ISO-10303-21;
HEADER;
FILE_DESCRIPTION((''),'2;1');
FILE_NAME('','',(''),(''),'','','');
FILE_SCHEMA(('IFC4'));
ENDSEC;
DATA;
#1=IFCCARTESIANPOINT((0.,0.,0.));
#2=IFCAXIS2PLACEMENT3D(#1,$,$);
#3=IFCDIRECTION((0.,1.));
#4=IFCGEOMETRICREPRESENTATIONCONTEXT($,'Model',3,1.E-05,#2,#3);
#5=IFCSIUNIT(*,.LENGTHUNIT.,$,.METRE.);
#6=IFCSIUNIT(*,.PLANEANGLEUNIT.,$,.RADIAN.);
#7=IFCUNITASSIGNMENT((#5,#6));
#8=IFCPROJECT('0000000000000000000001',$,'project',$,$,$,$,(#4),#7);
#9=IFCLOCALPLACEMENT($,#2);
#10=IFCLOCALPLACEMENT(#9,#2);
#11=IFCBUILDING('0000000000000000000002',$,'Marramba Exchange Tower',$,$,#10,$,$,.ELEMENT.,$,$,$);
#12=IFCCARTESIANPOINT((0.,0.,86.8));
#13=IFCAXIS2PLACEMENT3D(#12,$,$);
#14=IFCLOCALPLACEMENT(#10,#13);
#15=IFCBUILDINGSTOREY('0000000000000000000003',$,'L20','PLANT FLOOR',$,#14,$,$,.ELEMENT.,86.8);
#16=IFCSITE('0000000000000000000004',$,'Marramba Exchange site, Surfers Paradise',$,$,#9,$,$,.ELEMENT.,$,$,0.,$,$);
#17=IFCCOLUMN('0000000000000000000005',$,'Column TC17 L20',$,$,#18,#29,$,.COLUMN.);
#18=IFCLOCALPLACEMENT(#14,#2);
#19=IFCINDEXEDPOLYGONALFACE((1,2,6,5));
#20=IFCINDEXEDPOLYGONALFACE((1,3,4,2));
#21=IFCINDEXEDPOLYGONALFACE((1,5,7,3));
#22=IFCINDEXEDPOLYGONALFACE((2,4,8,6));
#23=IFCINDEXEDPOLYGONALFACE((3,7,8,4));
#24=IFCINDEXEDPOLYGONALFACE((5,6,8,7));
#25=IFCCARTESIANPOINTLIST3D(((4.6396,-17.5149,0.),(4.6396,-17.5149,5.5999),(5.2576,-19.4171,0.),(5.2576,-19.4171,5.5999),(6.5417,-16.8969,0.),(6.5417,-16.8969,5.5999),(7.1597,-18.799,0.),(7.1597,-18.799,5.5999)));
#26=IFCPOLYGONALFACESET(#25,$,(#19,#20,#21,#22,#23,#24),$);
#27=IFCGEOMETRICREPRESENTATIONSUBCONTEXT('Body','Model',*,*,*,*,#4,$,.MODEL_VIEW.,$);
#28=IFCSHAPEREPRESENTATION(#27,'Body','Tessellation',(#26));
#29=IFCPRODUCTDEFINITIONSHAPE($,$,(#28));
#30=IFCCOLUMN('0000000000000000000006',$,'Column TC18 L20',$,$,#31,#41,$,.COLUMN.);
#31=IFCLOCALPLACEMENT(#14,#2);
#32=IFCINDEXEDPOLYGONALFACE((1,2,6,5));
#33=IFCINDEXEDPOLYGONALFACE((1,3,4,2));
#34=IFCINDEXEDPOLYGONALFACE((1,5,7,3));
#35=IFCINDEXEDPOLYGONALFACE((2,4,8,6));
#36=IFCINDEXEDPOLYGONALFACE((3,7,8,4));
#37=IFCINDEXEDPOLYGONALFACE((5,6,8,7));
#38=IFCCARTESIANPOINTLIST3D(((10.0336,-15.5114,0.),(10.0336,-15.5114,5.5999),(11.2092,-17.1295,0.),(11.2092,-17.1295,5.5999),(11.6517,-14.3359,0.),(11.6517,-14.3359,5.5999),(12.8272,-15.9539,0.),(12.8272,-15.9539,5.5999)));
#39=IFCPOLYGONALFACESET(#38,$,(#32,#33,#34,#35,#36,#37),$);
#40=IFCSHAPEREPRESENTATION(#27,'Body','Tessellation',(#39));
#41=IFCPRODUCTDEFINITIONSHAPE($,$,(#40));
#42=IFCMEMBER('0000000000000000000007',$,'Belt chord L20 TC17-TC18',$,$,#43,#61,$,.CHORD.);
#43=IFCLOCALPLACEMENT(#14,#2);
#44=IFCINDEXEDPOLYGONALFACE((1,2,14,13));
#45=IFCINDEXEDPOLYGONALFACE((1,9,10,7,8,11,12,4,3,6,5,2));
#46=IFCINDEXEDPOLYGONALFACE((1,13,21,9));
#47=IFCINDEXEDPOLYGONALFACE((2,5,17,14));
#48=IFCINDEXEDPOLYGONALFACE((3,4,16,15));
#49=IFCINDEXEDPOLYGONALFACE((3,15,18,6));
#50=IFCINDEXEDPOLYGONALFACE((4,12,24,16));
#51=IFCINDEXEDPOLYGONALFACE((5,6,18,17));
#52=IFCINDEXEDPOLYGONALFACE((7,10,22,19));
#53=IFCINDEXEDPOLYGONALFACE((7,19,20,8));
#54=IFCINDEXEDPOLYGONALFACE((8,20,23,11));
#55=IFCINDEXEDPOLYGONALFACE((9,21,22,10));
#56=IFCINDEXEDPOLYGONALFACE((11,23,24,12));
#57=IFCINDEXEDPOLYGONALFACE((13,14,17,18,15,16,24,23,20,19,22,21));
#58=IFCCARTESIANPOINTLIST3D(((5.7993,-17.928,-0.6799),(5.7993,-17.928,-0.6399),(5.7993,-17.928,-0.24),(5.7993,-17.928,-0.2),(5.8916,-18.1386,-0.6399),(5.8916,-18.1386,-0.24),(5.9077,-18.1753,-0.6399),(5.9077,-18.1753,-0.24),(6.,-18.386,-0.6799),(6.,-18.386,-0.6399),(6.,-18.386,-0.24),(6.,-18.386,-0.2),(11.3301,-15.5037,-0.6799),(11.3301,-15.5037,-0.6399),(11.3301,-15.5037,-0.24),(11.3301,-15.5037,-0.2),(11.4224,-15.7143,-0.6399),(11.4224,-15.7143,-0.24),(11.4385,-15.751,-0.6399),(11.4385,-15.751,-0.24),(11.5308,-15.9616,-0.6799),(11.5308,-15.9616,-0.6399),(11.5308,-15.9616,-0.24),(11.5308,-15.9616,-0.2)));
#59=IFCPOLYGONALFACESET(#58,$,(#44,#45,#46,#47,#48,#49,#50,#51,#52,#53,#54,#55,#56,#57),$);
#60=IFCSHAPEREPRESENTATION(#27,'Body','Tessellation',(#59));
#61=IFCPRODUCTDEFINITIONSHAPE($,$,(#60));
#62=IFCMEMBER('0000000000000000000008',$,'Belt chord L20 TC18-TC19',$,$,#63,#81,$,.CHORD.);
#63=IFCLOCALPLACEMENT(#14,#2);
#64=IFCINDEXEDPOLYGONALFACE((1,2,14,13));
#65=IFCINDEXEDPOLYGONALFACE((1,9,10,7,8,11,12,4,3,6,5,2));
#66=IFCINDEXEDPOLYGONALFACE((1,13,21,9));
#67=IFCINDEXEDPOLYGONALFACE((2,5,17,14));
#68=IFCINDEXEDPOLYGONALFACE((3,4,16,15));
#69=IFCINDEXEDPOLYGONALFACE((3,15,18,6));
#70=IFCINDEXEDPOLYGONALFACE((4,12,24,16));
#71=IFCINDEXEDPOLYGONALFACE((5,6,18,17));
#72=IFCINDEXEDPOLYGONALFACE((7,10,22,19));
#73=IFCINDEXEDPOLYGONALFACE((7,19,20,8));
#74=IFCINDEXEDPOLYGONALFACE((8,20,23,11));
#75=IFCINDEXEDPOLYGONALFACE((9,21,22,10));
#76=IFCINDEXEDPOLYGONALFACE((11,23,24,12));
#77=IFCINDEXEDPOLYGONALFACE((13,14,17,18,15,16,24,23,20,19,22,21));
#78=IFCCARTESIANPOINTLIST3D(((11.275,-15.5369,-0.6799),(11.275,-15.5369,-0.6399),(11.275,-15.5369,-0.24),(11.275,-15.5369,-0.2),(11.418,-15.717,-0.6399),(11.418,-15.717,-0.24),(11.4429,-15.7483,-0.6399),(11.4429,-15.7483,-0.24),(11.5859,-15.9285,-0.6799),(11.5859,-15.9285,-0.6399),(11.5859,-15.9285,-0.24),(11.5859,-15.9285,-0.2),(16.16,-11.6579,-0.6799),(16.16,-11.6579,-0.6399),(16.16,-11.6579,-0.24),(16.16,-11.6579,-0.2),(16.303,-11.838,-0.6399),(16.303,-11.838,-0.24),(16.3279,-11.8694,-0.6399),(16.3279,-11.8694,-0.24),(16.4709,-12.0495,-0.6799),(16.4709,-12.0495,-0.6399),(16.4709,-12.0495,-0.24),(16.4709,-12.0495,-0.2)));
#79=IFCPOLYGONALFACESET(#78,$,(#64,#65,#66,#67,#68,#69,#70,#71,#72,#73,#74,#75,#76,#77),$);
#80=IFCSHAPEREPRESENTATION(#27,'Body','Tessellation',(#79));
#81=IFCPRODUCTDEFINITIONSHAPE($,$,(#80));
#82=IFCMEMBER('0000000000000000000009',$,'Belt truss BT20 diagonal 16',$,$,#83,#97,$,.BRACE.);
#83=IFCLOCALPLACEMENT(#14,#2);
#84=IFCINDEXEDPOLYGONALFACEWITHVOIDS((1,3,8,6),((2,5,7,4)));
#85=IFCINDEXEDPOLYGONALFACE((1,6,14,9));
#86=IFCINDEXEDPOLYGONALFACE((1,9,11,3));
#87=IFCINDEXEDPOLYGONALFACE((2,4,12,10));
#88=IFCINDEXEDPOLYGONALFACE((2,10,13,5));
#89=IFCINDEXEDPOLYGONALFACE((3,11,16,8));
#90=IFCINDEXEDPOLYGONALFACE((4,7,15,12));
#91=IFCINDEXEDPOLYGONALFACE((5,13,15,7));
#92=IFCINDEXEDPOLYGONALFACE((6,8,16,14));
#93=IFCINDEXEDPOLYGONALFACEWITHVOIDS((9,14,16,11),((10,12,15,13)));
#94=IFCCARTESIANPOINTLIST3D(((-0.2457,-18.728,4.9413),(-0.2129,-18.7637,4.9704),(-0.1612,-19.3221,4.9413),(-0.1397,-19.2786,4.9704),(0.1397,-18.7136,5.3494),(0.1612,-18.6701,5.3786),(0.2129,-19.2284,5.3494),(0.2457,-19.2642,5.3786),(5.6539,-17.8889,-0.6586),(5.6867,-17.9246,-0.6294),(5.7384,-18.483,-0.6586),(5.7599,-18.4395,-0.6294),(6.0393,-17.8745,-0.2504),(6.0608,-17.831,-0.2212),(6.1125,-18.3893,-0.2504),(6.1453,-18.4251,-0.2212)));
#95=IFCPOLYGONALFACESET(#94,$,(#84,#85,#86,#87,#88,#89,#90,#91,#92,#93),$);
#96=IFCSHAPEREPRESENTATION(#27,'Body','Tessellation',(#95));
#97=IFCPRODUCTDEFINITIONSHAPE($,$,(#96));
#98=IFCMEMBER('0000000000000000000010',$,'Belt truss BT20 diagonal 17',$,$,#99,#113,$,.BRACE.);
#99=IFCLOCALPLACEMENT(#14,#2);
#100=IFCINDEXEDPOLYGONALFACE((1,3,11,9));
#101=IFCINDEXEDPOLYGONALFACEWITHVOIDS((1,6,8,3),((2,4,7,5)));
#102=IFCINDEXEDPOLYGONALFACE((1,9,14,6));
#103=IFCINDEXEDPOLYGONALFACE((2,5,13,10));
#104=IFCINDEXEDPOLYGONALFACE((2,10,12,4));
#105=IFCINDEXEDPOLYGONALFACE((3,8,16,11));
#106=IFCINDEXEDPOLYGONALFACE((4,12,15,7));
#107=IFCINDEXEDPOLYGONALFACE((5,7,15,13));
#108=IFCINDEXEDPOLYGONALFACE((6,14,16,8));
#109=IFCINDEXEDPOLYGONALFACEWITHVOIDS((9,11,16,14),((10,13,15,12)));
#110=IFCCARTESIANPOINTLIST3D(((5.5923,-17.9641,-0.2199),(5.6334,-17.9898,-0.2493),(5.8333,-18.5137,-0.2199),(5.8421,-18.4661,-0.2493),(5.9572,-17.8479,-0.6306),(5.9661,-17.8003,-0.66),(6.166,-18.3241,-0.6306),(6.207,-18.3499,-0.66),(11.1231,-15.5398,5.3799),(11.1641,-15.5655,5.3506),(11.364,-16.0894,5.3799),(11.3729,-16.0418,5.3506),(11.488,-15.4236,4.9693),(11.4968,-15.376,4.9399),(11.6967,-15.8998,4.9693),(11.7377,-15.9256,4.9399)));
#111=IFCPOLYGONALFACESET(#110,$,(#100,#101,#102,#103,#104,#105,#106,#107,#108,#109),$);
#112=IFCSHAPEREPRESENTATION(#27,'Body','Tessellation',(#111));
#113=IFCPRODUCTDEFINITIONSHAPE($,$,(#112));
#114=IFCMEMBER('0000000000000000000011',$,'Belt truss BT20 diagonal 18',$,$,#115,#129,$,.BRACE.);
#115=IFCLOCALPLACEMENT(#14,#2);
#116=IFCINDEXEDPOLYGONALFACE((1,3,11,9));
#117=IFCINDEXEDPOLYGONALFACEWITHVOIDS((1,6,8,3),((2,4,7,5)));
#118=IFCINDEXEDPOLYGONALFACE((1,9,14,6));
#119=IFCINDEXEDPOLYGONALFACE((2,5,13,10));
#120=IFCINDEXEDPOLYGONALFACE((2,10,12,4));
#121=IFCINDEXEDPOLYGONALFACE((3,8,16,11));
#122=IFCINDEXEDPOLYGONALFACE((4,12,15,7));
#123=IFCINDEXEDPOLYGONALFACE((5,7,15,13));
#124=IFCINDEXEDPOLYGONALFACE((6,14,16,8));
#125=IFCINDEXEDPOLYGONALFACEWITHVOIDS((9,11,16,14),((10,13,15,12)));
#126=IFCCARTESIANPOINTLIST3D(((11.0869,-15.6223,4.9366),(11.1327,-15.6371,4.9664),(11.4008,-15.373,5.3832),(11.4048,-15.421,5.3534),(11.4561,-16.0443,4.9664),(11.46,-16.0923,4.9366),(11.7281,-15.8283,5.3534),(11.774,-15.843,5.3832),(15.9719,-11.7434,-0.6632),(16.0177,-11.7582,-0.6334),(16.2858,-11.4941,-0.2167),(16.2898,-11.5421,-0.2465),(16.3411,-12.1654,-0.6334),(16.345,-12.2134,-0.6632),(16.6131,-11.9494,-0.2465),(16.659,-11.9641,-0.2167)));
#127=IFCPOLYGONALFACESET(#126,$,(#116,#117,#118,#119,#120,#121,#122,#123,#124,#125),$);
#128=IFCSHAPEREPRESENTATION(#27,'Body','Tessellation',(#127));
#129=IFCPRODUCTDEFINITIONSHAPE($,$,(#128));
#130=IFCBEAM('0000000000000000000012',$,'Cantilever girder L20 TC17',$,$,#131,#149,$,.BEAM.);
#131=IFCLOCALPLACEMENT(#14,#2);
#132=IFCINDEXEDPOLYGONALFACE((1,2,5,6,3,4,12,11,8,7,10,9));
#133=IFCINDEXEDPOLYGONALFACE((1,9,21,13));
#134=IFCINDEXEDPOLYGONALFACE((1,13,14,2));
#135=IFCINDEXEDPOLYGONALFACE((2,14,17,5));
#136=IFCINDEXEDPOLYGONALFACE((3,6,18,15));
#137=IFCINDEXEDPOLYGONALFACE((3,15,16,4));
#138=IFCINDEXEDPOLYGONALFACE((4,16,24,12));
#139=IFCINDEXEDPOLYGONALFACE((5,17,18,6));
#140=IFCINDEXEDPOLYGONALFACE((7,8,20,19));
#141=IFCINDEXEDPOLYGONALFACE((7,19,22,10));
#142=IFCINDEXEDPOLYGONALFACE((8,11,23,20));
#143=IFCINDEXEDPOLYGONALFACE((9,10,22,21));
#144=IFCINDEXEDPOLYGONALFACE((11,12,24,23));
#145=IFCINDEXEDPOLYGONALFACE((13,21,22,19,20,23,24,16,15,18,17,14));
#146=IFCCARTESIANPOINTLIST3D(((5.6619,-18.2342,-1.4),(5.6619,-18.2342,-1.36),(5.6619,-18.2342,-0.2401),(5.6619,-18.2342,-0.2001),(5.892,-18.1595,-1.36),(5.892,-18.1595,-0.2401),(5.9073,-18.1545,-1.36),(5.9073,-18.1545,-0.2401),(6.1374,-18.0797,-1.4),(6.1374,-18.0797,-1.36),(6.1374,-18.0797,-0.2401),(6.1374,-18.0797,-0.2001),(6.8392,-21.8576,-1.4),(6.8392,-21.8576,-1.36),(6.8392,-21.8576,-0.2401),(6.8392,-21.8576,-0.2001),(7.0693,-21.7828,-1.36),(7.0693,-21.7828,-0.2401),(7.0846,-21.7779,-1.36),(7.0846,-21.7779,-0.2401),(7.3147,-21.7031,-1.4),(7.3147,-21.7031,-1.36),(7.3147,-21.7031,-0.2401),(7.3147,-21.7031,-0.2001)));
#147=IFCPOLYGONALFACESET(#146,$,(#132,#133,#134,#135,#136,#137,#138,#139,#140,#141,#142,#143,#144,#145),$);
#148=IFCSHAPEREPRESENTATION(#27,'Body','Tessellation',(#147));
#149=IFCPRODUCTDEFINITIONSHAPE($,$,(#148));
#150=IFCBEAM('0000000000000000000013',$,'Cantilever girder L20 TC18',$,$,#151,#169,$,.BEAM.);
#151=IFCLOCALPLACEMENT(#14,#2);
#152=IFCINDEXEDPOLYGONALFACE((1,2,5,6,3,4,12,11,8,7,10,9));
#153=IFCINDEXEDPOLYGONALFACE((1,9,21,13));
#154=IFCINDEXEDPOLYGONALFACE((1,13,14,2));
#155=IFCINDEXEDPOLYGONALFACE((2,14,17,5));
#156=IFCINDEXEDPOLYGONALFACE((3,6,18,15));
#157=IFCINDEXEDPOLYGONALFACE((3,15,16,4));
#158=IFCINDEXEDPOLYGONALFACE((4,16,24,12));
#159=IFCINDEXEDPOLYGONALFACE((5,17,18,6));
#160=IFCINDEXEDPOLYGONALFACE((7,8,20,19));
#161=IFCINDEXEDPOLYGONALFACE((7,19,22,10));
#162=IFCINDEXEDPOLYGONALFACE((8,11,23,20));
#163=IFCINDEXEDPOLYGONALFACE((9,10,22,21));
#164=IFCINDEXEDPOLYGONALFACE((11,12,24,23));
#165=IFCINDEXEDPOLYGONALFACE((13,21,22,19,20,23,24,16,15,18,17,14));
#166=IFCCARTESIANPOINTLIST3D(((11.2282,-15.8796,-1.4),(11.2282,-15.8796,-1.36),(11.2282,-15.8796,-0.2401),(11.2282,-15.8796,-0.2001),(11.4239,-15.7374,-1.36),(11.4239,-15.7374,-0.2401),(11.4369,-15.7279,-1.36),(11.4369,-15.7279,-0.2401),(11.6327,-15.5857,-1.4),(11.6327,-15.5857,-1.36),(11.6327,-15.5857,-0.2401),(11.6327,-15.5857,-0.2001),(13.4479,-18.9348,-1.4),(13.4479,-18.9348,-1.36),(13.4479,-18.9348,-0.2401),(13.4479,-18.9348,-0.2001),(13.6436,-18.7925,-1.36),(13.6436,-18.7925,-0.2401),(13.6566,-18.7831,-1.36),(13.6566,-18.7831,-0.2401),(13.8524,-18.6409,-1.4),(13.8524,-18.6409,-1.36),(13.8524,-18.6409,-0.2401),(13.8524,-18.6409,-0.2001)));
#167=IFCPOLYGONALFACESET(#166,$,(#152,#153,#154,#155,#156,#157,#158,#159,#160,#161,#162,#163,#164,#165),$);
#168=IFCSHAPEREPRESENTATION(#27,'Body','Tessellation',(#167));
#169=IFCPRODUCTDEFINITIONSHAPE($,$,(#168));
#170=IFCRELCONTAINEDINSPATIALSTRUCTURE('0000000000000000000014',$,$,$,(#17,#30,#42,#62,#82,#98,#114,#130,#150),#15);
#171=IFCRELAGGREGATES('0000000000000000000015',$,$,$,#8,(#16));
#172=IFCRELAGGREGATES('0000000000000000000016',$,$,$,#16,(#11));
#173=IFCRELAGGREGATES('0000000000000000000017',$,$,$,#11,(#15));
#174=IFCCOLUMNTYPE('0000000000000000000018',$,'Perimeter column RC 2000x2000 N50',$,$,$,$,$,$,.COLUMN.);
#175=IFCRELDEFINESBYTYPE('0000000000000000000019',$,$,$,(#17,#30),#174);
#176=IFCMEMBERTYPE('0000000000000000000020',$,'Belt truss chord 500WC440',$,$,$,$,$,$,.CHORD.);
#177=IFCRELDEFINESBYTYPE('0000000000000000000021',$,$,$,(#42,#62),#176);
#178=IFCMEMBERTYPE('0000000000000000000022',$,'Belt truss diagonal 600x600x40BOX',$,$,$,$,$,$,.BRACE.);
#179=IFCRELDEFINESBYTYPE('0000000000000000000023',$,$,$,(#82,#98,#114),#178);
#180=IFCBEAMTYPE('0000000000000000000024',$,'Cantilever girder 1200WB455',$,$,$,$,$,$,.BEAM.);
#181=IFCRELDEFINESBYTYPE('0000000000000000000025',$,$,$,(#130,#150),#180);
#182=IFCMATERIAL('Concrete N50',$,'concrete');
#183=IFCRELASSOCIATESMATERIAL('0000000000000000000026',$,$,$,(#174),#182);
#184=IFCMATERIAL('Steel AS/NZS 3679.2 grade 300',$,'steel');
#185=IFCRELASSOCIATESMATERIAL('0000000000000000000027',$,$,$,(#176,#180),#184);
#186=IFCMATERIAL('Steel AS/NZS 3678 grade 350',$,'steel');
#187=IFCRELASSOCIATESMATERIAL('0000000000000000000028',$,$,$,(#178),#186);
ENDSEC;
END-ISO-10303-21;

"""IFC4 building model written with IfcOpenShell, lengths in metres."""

from ifc_helpers import new_model, si_unit, direction, frame, origin, origin_2d, place, context, subcontext, project, spatial, rectangle, hollow_rectangle, i_section, extrude, material, material_profile, profile_set, type_object, element, save


model = new_model("IFC4")

# Units and contexts
model_context = context("Model", 3, precision=1e-05, world=origin(), true_north=direction((0.0, 1.0)))
body_context = subcontext(model_context, "Body", "Model", "MODEL_VIEW")
ifc_project = project(units=[si_unit("LENGTHUNIT", "METRE"), si_unit("PLANEANGLEUNIT", "RADIAN")], contexts=[model_context])

# Site, building, storey
site_placement = place(None, origin())
site = spatial("IfcSite", under=ifc_project, at=site_placement, Name="Marramba Exchange site, Surfers Paradise", CompositionType="ELEMENT", RefElevation=0.0)
building_placement = place(site_placement, origin())
building = spatial("IfcBuilding", under=site, at=building_placement, Name="Marramba Exchange Tower", CompositionType="ELEMENT")
storey_placement = place(building_placement, frame((0.0, 0.0, 86.8)))
storey = spatial("IfcBuildingStorey", under=building, at=storey_placement, Name="L20", Description="PLANT FLOOR", CompositionType="ELEMENT", Elevation=86.8)

# Columns
ifc_material_1 = material(Name="Concrete N50", Category="concrete")
ifc_material_profile_1 = material_profile(ifc_material_1, rectangle(XDim=2.0, YDim=2.0, at=origin_2d()), Name="RC 2000x2000")
ifc_profile_set_1 = profile_set([ifc_material_profile_1], Name="Concrete N50")
column_type = type_object("IfcColumnType", Name="Perimeter column RC 2000x2000 N50", PredefinedType="COLUMN", material=ifc_profile_set_1)
for number, where, z_axis, x_axis, name in (
    (1, (5.8997, -18.157, 0.0), (0.0, 0.0, 1.0), (0.309017, -0.951057, 0.0), "Column TC17 L20"),
    (2, (11.4304, -15.7327, 0.0), (0.0, 0.0, 1.0), (0.587785, -0.809017, 0.0), "Column TC18 L20"),
):
    element("IfcColumn", number, at=place(storey_placement, frame(where, z_axis=z_axis, x_axis=x_axis)), inside=storey, type_object=column_type, Name=name, PredefinedType="COLUMN", context=body_context, shape_type="SweptSolid", body=[
        extrude(rectangle(XDim=2.0, YDim=2.0, at=origin_2d()), origin(), (0.0, 0.0, 1.0), 5.5999),
    ])

# Members
ifc_material_2 = material(Name="Steel AS/NZS 3679.2 grade 300", Category="steel")
ifc_material_profile_2 = material_profile(ifc_material_2, i_section(OverallWidth=0.5, OverallDepth=0.48, WebThickness=0.04, FlangeThickness=0.04, at=origin_2d()), Name="500WC440")
ifc_profile_set_2 = profile_set([ifc_material_profile_2], Name="Steel AS/NZS 3679.2 grade 300")
member_type_1 = type_object("IfcMemberType", Name="Belt truss chord 500WC440", PredefinedType="CHORD", material=ifc_profile_set_2)
member_1_placement = place(storey_placement, frame((5.8997, -18.157, -0.4399), z_axis=(0.915877, 0.401459, 0.0), x_axis=(-0.401459, 0.915877, 0.0)))
element("IfcMember", 3, at=member_1_placement, inside=storey, type_object=member_type_1, Name="Belt chord L20 TC17-TC18", PredefinedType="CHORD", context=body_context, shape_type="SweptSolid", body=[
    extrude(i_section(OverallWidth=0.5, OverallDepth=0.48, WebThickness=0.04, FlangeThickness=0.04, at=origin_2d()), origin(), (0.0, 0.0, 1.0), 6.0388),
])
member_2_placement = place(storey_placement, frame((11.4304, -15.7327, -0.4399), z_axis=(0.783139, 0.621846, 0.0), x_axis=(-0.621846, 0.783139, 0.0)))
element("IfcMember", 4, at=member_2_placement, inside=storey, type_object=member_type_1, Name="Belt chord L20 TC18-TC19", PredefinedType="CHORD", context=body_context, shape_type="SweptSolid", body=[
    extrude(i_section(OverallWidth=0.5, OverallDepth=0.48, WebThickness=0.04, FlangeThickness=0.04, at=origin_2d()), origin(), (0.0, 0.0, 1.0), 6.2378),
])
ifc_material_3 = material(Name="Steel AS/NZS 3678 grade 350", Category="steel")
ifc_material_profile_3 = material_profile(ifc_material_3, hollow_rectangle(XDim=0.6001, YDim=0.6001, WallThickness=0.04, at=origin_2d()), Name="600x600x40BOX")
ifc_profile_set_3 = profile_set([ifc_material_profile_3], Name="Steel AS/NZS 3678 grade 350")
member_type_2 = type_object("IfcMemberType", Name="Belt truss diagonal 600x600x40BOX", PredefinedType="BRACE", material=ifc_profile_set_3)
member_3_placement = place(storey_placement, frame((0.0, -18.9961, 5.1599), z_axis=(0.721467, 0.102615, -0.684804), x_axis=(-0.140813, 0.990036, 0.0)))
element("IfcMember", 5, at=member_3_placement, inside=storey, type_object=member_type_2, Name="Belt truss BT20 diagonal 16", PredefinedType="BRACE", context=body_context, shape_type="SweptSolid", body=[
    extrude(hollow_rectangle(XDim=0.6001, YDim=0.6001, WallThickness=0.04, at=origin_2d()), origin(), (0.0, 0.0, 1.0), 8.1772),
])
member_4_placement = place(storey_placement, frame((5.8997, -18.157, -0.4399), z_axis=(0.671568, 0.294371, 0.679958), x_axis=(-0.401459, 0.915877, 0.0)))
element("IfcMember", 6, at=member_4_placement, inside=storey, type_object=member_type_2, Name="Belt truss BT20 diagonal 17", PredefinedType="BRACE", context=body_context, shape_type="SweptSolid", body=[
    extrude(hollow_rectangle(XDim=0.6001, YDim=0.6001, WallThickness=0.04, at=origin_2d()), origin(), (0.0, 0.0, 1.0), 8.2356),
])
member_5_placement = place(storey_placement, frame((11.4304, -15.7327, 5.1599), z_axis=(0.582758, 0.462734, -0.668035), x_axis=(-0.621846, 0.783139, 0.0)))
element("IfcMember", 7, at=member_5_placement, inside=storey, type_object=member_type_2, Name="Belt truss BT20 diagonal 18", PredefinedType="BRACE", context=body_context, shape_type="SweptSolid", body=[
    extrude(hollow_rectangle(XDim=0.6001, YDim=0.6001, WallThickness=0.04, at=origin_2d()), origin(), (0.0, 0.0, 1.0), 8.3826),
])

# Beams
ifc_material_profile_4 = material_profile(ifc_material_2, i_section(OverallWidth=0.5, OverallDepth=1.2, WebThickness=0.0161, FlangeThickness=0.04, at=origin_2d()), Name="1200WB455")
ifc_profile_set_4 = profile_set([ifc_material_profile_4], Name="Steel AS/NZS 3679.2 grade 300")
beam_type_1 = type_object("IfcBeamType", Name="Cantilever girder 1200WB455", PredefinedType="BEAM", material=ifc_profile_set_4)
beam_1_placement = place(storey_placement, frame((5.8997, -18.157, -0.8), z_axis=(0.309009, -0.951059, 0.0), x_axis=(0.951059, 0.309009, 0.0)))
element("IfcBeam", 8, at=beam_1_placement, inside=storey, type_object=beam_type_1, Name="Cantilever girder L20 TC17", PredefinedType="BEAM", context=body_context, shape_type="SweptSolid", body=[
    extrude(i_section(OverallWidth=0.5, OverallDepth=1.2, WebThickness=0.0161, FlangeThickness=0.04, at=origin_2d()), origin(), (0.0, 0.0, 1.0), 3.8098),
])
beam_2_placement = place(storey_placement, frame((11.4304, -15.7327, -0.8), z_axis=(0.587787, -0.809016, 0.0), x_axis=(0.809016, 0.587787, 0.0)))
element("IfcBeam", 9, at=beam_2_placement, inside=storey, type_object=beam_type_1, Name="Cantilever girder L20 TC18", PredefinedType="BEAM", context=body_context, shape_type="SweptSolid", body=[
    extrude(i_section(OverallWidth=0.5, OverallDepth=1.2, WebThickness=0.0161, FlangeThickness=0.04, at=origin_2d()), origin(), (0.0, 0.0, 1.0), 3.7764),
])

save(model, "model.ifc")
